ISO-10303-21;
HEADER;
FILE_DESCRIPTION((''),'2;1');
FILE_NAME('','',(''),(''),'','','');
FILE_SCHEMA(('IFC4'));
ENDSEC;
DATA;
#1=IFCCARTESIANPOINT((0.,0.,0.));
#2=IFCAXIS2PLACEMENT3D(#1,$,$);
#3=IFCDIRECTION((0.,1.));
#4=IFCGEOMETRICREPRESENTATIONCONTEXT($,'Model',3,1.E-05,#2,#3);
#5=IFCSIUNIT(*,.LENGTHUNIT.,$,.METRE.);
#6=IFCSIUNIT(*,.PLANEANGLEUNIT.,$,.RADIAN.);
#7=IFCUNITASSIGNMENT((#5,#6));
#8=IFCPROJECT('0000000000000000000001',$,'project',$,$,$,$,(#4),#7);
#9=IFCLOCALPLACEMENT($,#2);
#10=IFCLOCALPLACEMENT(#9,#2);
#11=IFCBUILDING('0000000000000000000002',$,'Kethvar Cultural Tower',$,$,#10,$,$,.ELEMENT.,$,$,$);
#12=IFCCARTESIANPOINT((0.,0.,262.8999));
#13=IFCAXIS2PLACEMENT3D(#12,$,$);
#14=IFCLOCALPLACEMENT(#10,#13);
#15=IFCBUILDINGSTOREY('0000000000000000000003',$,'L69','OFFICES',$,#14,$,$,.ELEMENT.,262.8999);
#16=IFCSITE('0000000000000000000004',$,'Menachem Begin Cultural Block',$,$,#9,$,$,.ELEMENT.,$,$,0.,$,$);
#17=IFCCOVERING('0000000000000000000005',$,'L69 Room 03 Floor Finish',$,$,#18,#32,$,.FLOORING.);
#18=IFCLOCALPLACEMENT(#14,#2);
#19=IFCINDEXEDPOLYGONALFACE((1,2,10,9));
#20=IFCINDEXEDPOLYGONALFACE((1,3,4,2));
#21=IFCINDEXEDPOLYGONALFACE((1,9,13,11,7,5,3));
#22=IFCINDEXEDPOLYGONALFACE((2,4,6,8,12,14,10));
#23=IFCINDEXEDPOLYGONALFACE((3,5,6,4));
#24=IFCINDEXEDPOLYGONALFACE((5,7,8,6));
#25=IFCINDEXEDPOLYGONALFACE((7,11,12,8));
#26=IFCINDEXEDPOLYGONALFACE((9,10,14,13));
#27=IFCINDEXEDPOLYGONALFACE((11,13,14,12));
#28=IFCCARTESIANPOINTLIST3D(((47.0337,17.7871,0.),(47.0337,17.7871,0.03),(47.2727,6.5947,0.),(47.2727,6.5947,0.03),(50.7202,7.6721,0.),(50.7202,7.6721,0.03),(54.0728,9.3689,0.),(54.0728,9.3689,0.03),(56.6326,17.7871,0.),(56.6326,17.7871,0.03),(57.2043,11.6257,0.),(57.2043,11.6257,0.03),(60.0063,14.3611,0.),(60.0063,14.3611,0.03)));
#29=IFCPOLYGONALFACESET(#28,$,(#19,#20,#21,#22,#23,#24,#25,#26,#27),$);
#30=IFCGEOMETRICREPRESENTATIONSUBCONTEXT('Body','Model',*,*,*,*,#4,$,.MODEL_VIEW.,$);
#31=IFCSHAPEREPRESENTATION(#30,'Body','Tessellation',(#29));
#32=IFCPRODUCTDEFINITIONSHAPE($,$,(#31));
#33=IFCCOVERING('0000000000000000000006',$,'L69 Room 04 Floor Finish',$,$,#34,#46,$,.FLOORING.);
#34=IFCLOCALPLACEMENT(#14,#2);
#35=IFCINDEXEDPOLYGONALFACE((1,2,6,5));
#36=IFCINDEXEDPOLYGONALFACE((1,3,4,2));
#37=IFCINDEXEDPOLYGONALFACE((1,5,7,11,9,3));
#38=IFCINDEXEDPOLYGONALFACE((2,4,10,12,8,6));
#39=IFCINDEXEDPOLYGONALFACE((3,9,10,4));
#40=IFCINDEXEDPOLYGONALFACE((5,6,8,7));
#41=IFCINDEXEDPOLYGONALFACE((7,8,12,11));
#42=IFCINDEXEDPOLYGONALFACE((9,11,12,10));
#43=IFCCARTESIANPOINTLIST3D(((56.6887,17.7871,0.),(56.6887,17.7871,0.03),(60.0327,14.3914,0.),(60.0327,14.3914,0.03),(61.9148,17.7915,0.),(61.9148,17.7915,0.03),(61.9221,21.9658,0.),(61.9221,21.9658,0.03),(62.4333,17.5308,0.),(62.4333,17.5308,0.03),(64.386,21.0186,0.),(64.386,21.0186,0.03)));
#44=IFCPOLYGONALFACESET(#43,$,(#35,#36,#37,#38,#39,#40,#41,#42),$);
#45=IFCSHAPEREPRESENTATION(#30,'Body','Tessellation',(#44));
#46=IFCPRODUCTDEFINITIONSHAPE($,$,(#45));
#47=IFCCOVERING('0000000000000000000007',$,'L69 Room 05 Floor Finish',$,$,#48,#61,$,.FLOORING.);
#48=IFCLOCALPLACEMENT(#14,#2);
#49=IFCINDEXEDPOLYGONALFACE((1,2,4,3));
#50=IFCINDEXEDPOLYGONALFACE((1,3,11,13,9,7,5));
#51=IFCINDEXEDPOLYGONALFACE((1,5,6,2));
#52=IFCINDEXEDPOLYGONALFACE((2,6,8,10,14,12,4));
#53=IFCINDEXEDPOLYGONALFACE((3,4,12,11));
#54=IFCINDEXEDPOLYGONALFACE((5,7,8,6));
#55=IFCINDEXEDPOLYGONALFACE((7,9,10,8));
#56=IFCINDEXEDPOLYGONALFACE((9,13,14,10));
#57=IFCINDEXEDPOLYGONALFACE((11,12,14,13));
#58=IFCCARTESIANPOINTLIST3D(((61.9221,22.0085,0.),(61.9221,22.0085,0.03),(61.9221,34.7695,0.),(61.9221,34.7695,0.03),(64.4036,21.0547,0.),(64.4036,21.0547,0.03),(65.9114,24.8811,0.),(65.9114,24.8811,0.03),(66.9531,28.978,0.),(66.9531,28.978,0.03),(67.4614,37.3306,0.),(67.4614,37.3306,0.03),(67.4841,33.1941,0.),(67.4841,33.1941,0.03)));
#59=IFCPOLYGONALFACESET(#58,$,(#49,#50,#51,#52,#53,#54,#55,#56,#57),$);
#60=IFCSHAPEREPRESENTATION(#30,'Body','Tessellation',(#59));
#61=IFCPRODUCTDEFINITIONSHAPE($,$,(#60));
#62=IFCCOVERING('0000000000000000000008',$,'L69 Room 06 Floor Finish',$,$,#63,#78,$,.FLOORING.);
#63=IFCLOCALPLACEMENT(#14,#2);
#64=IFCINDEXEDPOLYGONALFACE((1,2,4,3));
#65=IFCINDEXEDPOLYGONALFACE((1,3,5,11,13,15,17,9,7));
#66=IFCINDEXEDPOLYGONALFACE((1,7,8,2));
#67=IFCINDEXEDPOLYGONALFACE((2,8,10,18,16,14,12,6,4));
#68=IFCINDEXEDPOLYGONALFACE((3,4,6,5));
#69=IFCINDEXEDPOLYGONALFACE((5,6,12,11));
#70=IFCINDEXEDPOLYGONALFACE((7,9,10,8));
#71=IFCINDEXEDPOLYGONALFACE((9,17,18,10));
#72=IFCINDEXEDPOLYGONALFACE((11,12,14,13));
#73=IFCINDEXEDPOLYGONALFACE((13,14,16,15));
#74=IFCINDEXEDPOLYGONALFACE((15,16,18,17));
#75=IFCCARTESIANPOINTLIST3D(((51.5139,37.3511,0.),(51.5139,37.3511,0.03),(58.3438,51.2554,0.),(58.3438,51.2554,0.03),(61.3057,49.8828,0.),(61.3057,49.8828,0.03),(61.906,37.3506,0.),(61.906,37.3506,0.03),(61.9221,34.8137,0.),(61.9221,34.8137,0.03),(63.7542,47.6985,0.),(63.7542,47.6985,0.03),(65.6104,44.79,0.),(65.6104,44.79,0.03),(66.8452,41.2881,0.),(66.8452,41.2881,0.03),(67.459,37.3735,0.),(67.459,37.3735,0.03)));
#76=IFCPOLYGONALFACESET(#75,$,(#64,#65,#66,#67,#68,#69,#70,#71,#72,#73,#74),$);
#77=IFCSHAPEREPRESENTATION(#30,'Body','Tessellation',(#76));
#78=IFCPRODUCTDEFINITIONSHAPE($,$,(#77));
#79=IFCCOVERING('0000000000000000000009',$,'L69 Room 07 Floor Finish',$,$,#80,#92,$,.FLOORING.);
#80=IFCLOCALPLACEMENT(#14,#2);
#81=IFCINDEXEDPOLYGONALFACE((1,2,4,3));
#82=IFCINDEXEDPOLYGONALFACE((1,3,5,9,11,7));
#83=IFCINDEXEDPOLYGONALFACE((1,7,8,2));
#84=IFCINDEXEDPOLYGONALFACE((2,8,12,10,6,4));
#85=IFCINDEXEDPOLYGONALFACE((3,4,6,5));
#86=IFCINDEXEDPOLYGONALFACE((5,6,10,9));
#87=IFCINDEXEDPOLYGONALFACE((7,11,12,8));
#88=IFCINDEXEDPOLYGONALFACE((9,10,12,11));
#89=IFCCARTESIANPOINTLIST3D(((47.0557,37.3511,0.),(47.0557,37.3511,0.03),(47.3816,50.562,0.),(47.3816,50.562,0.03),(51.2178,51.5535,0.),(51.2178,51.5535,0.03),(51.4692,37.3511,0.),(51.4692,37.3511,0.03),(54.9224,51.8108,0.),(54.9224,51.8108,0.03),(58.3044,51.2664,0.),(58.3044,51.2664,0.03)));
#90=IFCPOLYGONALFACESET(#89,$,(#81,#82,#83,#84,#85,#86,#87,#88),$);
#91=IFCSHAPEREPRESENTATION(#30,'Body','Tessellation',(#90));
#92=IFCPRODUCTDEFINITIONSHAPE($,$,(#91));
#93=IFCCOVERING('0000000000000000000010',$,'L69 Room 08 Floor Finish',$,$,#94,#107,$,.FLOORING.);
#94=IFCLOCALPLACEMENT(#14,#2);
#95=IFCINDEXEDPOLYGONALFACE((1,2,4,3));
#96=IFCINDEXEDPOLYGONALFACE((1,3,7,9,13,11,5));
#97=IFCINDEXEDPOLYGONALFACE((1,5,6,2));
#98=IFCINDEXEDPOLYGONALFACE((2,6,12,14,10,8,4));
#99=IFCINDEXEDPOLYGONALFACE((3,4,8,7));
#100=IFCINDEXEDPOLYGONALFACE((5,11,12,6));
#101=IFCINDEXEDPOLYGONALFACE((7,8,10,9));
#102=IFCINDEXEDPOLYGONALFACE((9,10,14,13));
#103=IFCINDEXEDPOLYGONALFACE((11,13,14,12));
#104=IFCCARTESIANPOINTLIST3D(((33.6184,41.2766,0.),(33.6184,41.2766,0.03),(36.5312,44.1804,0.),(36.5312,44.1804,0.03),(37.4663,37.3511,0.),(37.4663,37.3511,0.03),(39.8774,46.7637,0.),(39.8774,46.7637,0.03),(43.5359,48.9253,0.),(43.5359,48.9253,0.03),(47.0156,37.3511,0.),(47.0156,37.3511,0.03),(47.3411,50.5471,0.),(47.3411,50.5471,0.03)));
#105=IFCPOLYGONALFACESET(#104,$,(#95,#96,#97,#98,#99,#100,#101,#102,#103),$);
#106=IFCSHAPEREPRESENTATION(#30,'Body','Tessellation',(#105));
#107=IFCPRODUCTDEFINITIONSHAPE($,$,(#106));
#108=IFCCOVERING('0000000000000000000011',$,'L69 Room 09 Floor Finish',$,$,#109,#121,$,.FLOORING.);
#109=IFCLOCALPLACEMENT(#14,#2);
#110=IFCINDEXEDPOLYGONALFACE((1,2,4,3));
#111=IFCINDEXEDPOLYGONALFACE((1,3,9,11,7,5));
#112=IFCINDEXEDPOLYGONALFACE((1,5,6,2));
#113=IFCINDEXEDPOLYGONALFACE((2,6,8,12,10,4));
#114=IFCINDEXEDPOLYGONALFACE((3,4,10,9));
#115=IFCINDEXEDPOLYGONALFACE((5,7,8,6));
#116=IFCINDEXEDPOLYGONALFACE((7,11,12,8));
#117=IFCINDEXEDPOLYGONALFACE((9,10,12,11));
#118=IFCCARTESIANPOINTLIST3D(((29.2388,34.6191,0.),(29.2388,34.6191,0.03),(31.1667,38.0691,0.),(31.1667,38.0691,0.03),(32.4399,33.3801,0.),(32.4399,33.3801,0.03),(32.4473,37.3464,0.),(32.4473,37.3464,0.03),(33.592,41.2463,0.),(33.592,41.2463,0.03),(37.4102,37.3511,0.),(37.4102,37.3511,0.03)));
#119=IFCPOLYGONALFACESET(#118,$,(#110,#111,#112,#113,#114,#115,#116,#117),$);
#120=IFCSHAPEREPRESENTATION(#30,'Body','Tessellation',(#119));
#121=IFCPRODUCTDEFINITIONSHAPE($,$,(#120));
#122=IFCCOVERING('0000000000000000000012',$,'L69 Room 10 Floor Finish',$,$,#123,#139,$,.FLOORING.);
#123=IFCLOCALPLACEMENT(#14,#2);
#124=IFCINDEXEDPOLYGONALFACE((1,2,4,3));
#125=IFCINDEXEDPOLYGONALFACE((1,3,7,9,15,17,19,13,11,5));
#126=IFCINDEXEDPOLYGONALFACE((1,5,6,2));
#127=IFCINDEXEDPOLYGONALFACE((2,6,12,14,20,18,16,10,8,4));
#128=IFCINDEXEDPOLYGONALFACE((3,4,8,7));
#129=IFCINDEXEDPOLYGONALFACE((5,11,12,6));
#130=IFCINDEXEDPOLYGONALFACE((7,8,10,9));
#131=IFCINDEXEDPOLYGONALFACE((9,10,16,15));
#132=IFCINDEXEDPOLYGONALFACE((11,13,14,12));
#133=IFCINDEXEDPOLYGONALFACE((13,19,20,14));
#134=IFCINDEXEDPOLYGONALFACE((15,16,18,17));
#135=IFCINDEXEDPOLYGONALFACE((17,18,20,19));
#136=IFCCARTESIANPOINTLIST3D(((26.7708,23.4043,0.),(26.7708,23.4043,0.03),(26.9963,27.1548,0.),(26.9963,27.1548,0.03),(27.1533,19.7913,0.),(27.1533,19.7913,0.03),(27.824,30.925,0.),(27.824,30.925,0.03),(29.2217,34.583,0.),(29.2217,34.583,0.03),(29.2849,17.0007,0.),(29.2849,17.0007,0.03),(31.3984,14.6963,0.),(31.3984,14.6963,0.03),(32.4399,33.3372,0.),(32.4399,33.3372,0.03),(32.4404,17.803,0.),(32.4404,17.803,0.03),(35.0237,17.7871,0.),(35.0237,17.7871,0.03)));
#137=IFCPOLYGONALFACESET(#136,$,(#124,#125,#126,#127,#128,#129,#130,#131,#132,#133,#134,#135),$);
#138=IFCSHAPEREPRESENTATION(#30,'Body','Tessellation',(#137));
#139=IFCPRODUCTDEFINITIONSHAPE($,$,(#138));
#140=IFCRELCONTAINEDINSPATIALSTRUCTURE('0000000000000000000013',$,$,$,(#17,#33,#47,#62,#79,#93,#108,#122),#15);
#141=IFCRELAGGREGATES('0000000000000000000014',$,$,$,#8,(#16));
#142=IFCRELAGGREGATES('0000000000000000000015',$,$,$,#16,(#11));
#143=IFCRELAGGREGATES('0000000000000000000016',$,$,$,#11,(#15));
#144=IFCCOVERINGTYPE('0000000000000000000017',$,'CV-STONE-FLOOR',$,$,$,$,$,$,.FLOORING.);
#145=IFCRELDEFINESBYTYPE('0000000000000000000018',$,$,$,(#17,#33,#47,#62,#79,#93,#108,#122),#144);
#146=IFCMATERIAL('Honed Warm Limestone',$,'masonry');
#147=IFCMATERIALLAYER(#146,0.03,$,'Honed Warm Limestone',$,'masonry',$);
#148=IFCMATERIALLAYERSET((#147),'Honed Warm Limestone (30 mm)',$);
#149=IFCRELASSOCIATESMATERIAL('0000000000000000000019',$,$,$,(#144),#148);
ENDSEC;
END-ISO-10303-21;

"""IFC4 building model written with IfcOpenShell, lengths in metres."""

from ifc_helpers import new_model, si_unit, direction, frame, origin, place, context, subcontext, project, spatial, polyline, outline, extrude, material, layer, layer_set, type_object, element, save


model = new_model("IFC4")

# Units and contexts
model_context = context("Model", 3, precision=1e-05, world=origin(), true_north=direction((0.0, 1.0)))
body_context = subcontext(model_context, "Body", "Model", "MODEL_VIEW")
ifc_project = project(units=[si_unit("LENGTHUNIT", "METRE"), si_unit("PLANEANGLEUNIT", "RADIAN")], contexts=[model_context])

# Site, building, storey
site_placement = place(None, origin())
site = spatial("IfcSite", under=ifc_project, at=site_placement, Name="Menachem Begin Cultural Block", CompositionType="ELEMENT", RefElevation=0.0)
building_placement = place(site_placement, origin())
building = spatial("IfcBuilding", under=site, at=building_placement, Name="Kethvar Cultural Tower", CompositionType="ELEMENT")
storey_placement = place(building_placement, frame((0.0, 0.0, 262.8999)))
storey = spatial("IfcBuildingStorey", under=building, at=storey_placement, Name="L69", Description="OFFICES", CompositionType="ELEMENT", Elevation=262.8999)

# Coverings
ifc_material_1 = material(Name="Honed Warm Limestone", Category="masonry")
ifc_layer_1 = layer(ifc_material_1, 0.03, Name="Honed Warm Limestone", Category="masonry")
ifc_layer_set_1 = layer_set([ifc_layer_1], Name="Honed Warm Limestone (30 mm)")
covering_type_1 = type_object("IfcCoveringType", Name="CV-STONE-FLOOR", PredefinedType="FLOORING", material=ifc_layer_set_1)
covering_1_placement = place(storey_placement, origin())
element("IfcCovering", 1, at=covering_1_placement, inside=storey, type_object=covering_type_1, Name="L69 Room 03 Floor Finish", PredefinedType="FLOORING", context=body_context, shape_type="SweptSolid", body=[
    extrude(outline(polyline([(57.2043, 11.6257), (54.0728, 9.3689), (50.7202, 7.6721), (47.2727, 6.5947), (47.0337, 17.7871), (56.6326, 17.7871), (60.0063, 14.3611), (57.2043, 11.6257)])), origin(), (0.0, 0.0, 1.0), 0.03),
])
covering_2_placement = place(storey_placement, origin())
element("IfcCovering", 2, at=covering_2_placement, inside=storey, type_object=covering_type_1, Name="L69 Room 04 Floor Finish", PredefinedType="FLOORING", context=body_context, shape_type="SweptSolid", body=[
    extrude(outline(polyline([(62.4333, 17.5308), (60.0327, 14.3914), (56.6887, 17.7871), (61.9148, 17.7915), (61.9221, 21.9658), (64.386, 21.0186), (62.4333, 17.5308)])), origin(), (0.0, 0.0, 1.0), 0.03),
])
covering_3_placement = place(storey_placement, origin())
element("IfcCovering", 3, at=covering_3_placement, inside=storey, type_object=covering_type_1, Name="L69 Room 05 Floor Finish", PredefinedType="FLOORING", context=body_context, shape_type="SweptSolid", body=[
    extrude(outline(polyline([(67.4841, 33.1941), (66.9531, 28.978), (65.9114, 24.8811), (64.4036, 21.0547), (61.9221, 22.0085), (61.9221, 34.7695), (67.4614, 37.3306), (67.4841, 33.1941)])), origin(), (0.0, 0.0, 1.0), 0.03),
])
covering_4_placement = place(storey_placement, origin())
element("IfcCovering", 4, at=covering_4_placement, inside=storey, type_object=covering_type_1, Name="L69 Room 06 Floor Finish", PredefinedType="FLOORING", context=body_context, shape_type="SweptSolid", body=[
    extrude(outline(polyline([(65.6104, 44.79), (66.8452, 41.2881), (67.459, 37.3735), (61.9221, 34.8137), (61.906, 37.3506), (51.5139, 37.3511), (58.3438, 51.2554), (61.3057, 49.8828), (63.7542, 47.6985), (65.6104, 44.79)])), origin(), (0.0, 0.0, 1.0), 0.03),
])
covering_5_placement = place(storey_placement, origin())
element("IfcCovering", 5, at=covering_5_placement, inside=storey, type_object=covering_type_1, Name="L69 Room 07 Floor Finish", PredefinedType="FLOORING", context=body_context, shape_type="SweptSolid", body=[
    extrude(outline(polyline([(51.2178, 51.5535), (54.9224, 51.8108), (58.3044, 51.2664), (51.4692, 37.3511), (47.0557, 37.3511), (47.3816, 50.562), (51.2178, 51.5535)])), origin(), (0.0, 0.0, 1.0), 0.03),
])
covering_6_placement = place(storey_placement, origin())
element("IfcCovering", 6, at=covering_6_placement, inside=storey, type_object=covering_type_1, Name="L69 Room 08 Floor Finish", PredefinedType="FLOORING", context=body_context, shape_type="SweptSolid", body=[
    extrude(outline(polyline([(36.5312, 44.1804), (39.8774, 46.7637), (43.5359, 48.9253), (47.3411, 50.5471), (47.0156, 37.3511), (37.4663, 37.3511), (33.6184, 41.2766), (36.5312, 44.1804)])), origin(), (0.0, 0.0, 1.0), 0.03),
])
covering_7_placement = place(storey_placement, origin())
element("IfcCovering", 7, at=covering_7_placement, inside=storey, type_object=covering_type_1, Name="L69 Room 09 Floor Finish", PredefinedType="FLOORING", context=body_context, shape_type="SweptSolid", body=[
    extrude(outline(polyline([(31.1667, 38.0691), (33.592, 41.2463), (37.4102, 37.3511), (32.4473, 37.3464), (32.4399, 33.3801), (29.2388, 34.6191), (31.1667, 38.0691)])), origin(), (0.0, 0.0, 1.0), 0.03),
])
covering_8_placement = place(storey_placement, origin())
element("IfcCovering", 8, at=covering_8_placement, inside=storey, type_object=covering_type_1, Name="L69 Room 10 Floor Finish", PredefinedType="FLOORING", context=body_context, shape_type="SweptSolid", body=[
    extrude(outline(polyline([(29.2849, 17.0007), (27.1533, 19.7913), (26.7708, 23.4043), (26.9963, 27.1548), (27.824, 30.925), (29.2217, 34.583), (32.4399, 33.3372), (32.4404, 17.803), (35.0237, 17.7871), (31.3984, 14.6963), (29.2849, 17.0007)])), origin(), (0.0, 0.0, 1.0), 0.03),
])

save(model, "model.ifc")
